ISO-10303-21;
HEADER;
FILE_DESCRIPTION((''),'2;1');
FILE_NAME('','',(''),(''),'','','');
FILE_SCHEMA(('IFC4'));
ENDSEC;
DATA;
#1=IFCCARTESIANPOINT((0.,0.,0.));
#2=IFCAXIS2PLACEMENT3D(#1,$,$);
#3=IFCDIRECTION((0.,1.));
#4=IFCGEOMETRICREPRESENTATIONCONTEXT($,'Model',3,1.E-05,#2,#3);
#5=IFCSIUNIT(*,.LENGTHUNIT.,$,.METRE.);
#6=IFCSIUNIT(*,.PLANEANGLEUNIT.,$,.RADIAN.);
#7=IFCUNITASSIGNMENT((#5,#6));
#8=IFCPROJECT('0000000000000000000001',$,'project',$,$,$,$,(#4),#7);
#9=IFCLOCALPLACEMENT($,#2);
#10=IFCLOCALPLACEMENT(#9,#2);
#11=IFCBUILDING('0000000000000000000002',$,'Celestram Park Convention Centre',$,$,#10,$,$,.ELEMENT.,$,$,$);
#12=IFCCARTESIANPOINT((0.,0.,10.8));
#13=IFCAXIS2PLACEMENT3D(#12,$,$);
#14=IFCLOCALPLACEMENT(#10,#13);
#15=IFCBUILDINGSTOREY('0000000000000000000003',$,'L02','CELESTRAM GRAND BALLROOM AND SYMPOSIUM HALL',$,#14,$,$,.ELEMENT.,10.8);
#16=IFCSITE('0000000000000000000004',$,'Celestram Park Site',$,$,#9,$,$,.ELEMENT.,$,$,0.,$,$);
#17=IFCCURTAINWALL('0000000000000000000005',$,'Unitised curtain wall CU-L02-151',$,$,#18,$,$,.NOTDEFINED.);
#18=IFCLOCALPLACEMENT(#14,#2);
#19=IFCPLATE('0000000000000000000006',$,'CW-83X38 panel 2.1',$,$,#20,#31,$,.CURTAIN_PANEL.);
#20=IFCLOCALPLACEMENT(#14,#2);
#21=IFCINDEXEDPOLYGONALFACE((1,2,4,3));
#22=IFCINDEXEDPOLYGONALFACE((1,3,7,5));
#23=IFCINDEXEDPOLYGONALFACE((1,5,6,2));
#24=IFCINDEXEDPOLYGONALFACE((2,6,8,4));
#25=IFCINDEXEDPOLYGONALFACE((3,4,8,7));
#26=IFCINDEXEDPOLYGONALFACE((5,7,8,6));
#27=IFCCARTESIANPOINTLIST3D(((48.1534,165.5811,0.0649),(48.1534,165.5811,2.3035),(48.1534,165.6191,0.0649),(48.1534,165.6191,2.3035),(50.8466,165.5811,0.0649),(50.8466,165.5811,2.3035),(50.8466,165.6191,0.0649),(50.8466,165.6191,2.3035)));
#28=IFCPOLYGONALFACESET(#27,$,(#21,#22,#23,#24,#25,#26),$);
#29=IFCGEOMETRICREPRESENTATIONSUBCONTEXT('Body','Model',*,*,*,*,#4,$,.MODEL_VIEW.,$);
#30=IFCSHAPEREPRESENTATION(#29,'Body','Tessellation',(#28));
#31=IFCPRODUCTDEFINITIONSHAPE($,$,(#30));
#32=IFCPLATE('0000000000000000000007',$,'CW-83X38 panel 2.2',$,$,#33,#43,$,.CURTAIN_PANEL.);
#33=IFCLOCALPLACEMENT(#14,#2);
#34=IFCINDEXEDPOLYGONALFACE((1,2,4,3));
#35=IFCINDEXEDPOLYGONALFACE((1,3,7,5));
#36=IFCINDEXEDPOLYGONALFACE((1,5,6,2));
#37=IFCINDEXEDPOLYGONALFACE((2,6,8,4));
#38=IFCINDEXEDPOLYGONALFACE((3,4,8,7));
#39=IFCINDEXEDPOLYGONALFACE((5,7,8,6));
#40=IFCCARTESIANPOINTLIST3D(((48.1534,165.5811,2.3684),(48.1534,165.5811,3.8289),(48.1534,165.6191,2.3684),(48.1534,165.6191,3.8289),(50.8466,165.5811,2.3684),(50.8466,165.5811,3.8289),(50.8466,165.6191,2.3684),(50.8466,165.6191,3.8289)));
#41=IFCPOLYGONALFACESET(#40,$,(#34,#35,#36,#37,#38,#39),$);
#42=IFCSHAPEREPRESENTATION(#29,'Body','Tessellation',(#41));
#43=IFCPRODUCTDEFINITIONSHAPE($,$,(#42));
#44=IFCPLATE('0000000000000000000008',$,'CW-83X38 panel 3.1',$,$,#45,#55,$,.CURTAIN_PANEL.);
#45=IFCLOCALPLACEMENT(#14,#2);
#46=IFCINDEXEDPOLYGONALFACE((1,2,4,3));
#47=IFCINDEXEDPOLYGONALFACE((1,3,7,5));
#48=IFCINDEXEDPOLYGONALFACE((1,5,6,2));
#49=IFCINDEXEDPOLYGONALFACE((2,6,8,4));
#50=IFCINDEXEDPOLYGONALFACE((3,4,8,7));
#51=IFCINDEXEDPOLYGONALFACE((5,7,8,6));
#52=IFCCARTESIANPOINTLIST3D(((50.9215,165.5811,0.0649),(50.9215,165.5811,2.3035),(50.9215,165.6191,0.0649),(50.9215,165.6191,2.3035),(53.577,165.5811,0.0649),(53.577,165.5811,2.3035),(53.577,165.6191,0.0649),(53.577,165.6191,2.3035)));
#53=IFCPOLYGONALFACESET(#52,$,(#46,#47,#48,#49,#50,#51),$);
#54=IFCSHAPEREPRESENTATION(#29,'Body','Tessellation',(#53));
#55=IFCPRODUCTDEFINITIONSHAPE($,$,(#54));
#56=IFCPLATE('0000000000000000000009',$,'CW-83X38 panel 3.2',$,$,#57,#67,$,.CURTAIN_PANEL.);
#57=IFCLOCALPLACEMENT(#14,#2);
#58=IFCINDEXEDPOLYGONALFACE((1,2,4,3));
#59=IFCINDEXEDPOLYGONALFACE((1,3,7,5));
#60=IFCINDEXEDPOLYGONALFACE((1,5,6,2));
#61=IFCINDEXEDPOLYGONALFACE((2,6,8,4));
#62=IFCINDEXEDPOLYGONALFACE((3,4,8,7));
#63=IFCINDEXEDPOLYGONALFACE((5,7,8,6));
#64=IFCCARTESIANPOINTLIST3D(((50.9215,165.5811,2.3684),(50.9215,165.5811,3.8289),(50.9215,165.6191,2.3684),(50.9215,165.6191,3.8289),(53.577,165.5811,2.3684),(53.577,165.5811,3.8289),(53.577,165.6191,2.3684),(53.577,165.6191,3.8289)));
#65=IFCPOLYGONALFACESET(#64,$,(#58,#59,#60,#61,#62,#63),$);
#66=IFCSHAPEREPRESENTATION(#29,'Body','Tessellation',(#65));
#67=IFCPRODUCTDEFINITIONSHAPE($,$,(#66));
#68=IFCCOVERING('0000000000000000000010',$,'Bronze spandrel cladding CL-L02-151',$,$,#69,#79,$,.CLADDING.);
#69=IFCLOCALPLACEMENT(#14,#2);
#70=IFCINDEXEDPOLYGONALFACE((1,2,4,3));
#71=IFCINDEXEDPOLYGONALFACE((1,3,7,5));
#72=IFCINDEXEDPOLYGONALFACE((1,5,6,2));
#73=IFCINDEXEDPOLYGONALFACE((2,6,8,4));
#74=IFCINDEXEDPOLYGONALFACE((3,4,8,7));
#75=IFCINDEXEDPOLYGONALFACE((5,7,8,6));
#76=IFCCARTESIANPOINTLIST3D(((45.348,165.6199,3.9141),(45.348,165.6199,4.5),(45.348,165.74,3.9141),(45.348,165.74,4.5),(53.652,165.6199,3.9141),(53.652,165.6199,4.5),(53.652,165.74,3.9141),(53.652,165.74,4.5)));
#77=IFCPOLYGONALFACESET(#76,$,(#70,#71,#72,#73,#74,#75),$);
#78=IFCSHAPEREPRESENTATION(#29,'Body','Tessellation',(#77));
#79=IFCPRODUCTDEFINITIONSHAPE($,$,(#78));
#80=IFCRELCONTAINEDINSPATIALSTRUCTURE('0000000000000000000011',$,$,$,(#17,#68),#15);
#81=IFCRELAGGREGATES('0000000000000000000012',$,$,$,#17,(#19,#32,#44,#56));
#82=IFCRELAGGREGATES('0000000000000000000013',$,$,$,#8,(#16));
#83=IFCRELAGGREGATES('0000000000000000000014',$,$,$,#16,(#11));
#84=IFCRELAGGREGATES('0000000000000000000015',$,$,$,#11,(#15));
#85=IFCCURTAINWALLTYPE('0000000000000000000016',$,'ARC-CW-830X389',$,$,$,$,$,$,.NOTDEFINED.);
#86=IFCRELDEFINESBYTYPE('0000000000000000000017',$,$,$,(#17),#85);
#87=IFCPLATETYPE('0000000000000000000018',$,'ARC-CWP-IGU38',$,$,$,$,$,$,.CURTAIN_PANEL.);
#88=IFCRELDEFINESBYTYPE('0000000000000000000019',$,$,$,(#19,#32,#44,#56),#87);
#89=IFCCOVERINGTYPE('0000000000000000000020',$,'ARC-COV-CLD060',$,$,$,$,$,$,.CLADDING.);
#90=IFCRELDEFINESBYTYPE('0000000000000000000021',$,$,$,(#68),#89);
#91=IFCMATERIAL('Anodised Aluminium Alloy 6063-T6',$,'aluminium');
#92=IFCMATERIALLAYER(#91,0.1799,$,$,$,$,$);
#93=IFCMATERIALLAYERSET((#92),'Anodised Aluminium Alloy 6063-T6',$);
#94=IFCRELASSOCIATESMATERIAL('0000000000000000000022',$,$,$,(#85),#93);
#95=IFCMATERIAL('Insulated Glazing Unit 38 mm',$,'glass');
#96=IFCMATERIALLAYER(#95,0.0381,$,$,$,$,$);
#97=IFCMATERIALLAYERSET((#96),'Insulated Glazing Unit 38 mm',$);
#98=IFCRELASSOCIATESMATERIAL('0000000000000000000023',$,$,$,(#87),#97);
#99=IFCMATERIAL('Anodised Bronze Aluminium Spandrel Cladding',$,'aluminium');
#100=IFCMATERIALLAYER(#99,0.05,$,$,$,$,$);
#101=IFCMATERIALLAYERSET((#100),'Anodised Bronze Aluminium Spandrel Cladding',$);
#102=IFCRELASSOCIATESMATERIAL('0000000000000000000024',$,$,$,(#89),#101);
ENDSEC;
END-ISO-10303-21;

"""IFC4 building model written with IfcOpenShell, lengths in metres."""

from ifc_helpers import new_model, si_unit, direction, frame, origin, origin_2d, place, context, subcontext, project, spatial, rectangle, extrude, material, layer, layer_set, type_object, element, aggregate, save


model = new_model("IFC4")

# Units and contexts
model_context = context("Model", 3, precision=1e-05, world=origin(), true_north=direction((0.0, 1.0)))
body_context = subcontext(model_context, "Body", "Model", "MODEL_VIEW")
ifc_project = project(units=[si_unit("LENGTHUNIT", "METRE"), si_unit("PLANEANGLEUNIT", "RADIAN")], contexts=[model_context])

# Site, building, storey
site_placement = place(None, origin())
site = spatial("IfcSite", under=ifc_project, at=site_placement, Name="Celestram Park Site", CompositionType="ELEMENT", RefElevation=0.0)
building_placement = place(site_placement, origin())
building = spatial("IfcBuilding", under=site, at=building_placement, Name="Celestram Park Convention Centre", CompositionType="ELEMENT")
storey_placement = place(building_placement, frame((0.0, 0.0, 10.8)))
storey = spatial("IfcBuildingStorey", under=building, at=storey_placement, Name="L02", Description="CELESTRAM GRAND BALLROOM AND SYMPOSIUM HALL", CompositionType="ELEMENT", Elevation=10.8)

# Curtain wall
ifc_material_1 = material(Name="Anodised Aluminium Alloy 6063-T6", Category="aluminium")
ifc_layer_1 = layer(ifc_material_1, 0.1799)
ifc_layer_set_1 = layer_set([ifc_layer_1], Name="Anodised Aluminium Alloy 6063-T6")
curtain_wall_type = type_object("IfcCurtainWallType", Name="ARC-CW-830X389", PredefinedType="NOTDEFINED", material=ifc_layer_set_1)
curtain_wall_placement = place(storey_placement, origin())
curtain_wall = element("IfcCurtainWall", 1, at=curtain_wall_placement, inside=storey, type_object=curtain_wall_type, Name="Unitised curtain wall CU-L02-151", PredefinedType="NOTDEFINED")

# Plates
ifc_material_2 = material(Name="Insulated Glazing Unit 38 mm", Category="glass")
ifc_layer_2 = layer(ifc_material_2, 0.0381)
ifc_layer_set_2 = layer_set([ifc_layer_2], Name="Insulated Glazing Unit 38 mm")
plate_type = type_object("IfcPlateType", Name="ARC-CWP-IGU38", PredefinedType="CURTAIN_PANEL", material=ifc_layer_set_2)
plate_1_placement = place(storey_placement, frame((49.5, 165.6001, 0.0649), z_axis=(0.0, 0.0, 1.0), x_axis=(1.0, 0.0, 0.0)))
plate_1 = element("IfcPlate", 2, at=plate_1_placement, type_object=plate_type, Name="CW-83X38 panel 2.1", PredefinedType="CURTAIN_PANEL", context=body_context, shape_type="SweptSolid", body=[
    extrude(rectangle(XDim=2.6931, YDim=0.0381, at=origin_2d()), origin(), (0.0, 0.0, 1.0), 2.2385),
])
plate_2_placement = place(storey_placement, frame((49.5, 165.6001, 2.3684), z_axis=(0.0, 0.0, 1.0), x_axis=(1.0, 0.0, 0.0)))
plate_2 = element("IfcPlate", 3, at=plate_2_placement, type_object=plate_type, Name="CW-83X38 panel 2.2", PredefinedType="CURTAIN_PANEL", context=body_context, shape_type="SweptSolid", body=[
    extrude(rectangle(XDim=2.6931, YDim=0.0381, at=origin_2d()), origin(), (0.0, 0.0, 1.0), 1.4604),
])
plate_3_placement = place(storey_placement, frame((52.2493, 165.6001, 0.0649), z_axis=(0.0, 0.0, 1.0), x_axis=(1.0, 0.0, 0.0)))
plate_3 = element("IfcPlate", 4, at=plate_3_placement, type_object=plate_type, Name="CW-83X38 panel 3.1", PredefinedType="CURTAIN_PANEL", context=body_context, shape_type="SweptSolid", body=[
    extrude(rectangle(XDim=2.6555, YDim=0.0381, at=origin_2d()), origin(), (0.0, 0.0, 1.0), 2.2385),
])
plate_4_placement = place(storey_placement, frame((52.2493, 165.6001, 2.3684), z_axis=(0.0, 0.0, 1.0), x_axis=(1.0, 0.0, 0.0)))
plate_4 = element("IfcPlate", 5, at=plate_4_placement, type_object=plate_type, Name="CW-83X38 panel 3.2", PredefinedType="CURTAIN_PANEL", context=body_context, shape_type="SweptSolid", body=[
    extrude(rectangle(XDim=2.6555, YDim=0.0381, at=origin_2d()), origin(), (0.0, 0.0, 1.0), 1.4604),
])
aggregate(curtain_wall, [plate_1, plate_2, plate_3, plate_4])

# Covering
ifc_material_3 = material(Name="Anodised Bronze Aluminium Spandrel Cladding", Category="aluminium")
ifc_layer_3 = layer(ifc_material_3, 0.05)
ifc_layer_set_3 = layer_set([ifc_layer_3], Name="Anodised Bronze Aluminium Spandrel Cladding")
covering_type = type_object("IfcCoveringType", Name="ARC-COV-CLD060", PredefinedType="CLADDING", material=ifc_layer_set_3)
covering_placement = place(storey_placement, frame((49.5, 165.6799, 3.9141), z_axis=(0.0, 0.0, 1.0), x_axis=(1.0, 0.0, 0.0)))
element("IfcCovering", 6, at=covering_placement, inside=storey, type_object=covering_type, Name="Bronze spandrel cladding CL-L02-151", PredefinedType="CLADDING", context=body_context, shape_type="SweptSolid", body=[
    extrude(rectangle(XDim=8.304, YDim=0.1201, at=origin_2d()), origin(), (0.0, 0.0, 1.0), 0.5859),
])

save(model, "model.ifc")
